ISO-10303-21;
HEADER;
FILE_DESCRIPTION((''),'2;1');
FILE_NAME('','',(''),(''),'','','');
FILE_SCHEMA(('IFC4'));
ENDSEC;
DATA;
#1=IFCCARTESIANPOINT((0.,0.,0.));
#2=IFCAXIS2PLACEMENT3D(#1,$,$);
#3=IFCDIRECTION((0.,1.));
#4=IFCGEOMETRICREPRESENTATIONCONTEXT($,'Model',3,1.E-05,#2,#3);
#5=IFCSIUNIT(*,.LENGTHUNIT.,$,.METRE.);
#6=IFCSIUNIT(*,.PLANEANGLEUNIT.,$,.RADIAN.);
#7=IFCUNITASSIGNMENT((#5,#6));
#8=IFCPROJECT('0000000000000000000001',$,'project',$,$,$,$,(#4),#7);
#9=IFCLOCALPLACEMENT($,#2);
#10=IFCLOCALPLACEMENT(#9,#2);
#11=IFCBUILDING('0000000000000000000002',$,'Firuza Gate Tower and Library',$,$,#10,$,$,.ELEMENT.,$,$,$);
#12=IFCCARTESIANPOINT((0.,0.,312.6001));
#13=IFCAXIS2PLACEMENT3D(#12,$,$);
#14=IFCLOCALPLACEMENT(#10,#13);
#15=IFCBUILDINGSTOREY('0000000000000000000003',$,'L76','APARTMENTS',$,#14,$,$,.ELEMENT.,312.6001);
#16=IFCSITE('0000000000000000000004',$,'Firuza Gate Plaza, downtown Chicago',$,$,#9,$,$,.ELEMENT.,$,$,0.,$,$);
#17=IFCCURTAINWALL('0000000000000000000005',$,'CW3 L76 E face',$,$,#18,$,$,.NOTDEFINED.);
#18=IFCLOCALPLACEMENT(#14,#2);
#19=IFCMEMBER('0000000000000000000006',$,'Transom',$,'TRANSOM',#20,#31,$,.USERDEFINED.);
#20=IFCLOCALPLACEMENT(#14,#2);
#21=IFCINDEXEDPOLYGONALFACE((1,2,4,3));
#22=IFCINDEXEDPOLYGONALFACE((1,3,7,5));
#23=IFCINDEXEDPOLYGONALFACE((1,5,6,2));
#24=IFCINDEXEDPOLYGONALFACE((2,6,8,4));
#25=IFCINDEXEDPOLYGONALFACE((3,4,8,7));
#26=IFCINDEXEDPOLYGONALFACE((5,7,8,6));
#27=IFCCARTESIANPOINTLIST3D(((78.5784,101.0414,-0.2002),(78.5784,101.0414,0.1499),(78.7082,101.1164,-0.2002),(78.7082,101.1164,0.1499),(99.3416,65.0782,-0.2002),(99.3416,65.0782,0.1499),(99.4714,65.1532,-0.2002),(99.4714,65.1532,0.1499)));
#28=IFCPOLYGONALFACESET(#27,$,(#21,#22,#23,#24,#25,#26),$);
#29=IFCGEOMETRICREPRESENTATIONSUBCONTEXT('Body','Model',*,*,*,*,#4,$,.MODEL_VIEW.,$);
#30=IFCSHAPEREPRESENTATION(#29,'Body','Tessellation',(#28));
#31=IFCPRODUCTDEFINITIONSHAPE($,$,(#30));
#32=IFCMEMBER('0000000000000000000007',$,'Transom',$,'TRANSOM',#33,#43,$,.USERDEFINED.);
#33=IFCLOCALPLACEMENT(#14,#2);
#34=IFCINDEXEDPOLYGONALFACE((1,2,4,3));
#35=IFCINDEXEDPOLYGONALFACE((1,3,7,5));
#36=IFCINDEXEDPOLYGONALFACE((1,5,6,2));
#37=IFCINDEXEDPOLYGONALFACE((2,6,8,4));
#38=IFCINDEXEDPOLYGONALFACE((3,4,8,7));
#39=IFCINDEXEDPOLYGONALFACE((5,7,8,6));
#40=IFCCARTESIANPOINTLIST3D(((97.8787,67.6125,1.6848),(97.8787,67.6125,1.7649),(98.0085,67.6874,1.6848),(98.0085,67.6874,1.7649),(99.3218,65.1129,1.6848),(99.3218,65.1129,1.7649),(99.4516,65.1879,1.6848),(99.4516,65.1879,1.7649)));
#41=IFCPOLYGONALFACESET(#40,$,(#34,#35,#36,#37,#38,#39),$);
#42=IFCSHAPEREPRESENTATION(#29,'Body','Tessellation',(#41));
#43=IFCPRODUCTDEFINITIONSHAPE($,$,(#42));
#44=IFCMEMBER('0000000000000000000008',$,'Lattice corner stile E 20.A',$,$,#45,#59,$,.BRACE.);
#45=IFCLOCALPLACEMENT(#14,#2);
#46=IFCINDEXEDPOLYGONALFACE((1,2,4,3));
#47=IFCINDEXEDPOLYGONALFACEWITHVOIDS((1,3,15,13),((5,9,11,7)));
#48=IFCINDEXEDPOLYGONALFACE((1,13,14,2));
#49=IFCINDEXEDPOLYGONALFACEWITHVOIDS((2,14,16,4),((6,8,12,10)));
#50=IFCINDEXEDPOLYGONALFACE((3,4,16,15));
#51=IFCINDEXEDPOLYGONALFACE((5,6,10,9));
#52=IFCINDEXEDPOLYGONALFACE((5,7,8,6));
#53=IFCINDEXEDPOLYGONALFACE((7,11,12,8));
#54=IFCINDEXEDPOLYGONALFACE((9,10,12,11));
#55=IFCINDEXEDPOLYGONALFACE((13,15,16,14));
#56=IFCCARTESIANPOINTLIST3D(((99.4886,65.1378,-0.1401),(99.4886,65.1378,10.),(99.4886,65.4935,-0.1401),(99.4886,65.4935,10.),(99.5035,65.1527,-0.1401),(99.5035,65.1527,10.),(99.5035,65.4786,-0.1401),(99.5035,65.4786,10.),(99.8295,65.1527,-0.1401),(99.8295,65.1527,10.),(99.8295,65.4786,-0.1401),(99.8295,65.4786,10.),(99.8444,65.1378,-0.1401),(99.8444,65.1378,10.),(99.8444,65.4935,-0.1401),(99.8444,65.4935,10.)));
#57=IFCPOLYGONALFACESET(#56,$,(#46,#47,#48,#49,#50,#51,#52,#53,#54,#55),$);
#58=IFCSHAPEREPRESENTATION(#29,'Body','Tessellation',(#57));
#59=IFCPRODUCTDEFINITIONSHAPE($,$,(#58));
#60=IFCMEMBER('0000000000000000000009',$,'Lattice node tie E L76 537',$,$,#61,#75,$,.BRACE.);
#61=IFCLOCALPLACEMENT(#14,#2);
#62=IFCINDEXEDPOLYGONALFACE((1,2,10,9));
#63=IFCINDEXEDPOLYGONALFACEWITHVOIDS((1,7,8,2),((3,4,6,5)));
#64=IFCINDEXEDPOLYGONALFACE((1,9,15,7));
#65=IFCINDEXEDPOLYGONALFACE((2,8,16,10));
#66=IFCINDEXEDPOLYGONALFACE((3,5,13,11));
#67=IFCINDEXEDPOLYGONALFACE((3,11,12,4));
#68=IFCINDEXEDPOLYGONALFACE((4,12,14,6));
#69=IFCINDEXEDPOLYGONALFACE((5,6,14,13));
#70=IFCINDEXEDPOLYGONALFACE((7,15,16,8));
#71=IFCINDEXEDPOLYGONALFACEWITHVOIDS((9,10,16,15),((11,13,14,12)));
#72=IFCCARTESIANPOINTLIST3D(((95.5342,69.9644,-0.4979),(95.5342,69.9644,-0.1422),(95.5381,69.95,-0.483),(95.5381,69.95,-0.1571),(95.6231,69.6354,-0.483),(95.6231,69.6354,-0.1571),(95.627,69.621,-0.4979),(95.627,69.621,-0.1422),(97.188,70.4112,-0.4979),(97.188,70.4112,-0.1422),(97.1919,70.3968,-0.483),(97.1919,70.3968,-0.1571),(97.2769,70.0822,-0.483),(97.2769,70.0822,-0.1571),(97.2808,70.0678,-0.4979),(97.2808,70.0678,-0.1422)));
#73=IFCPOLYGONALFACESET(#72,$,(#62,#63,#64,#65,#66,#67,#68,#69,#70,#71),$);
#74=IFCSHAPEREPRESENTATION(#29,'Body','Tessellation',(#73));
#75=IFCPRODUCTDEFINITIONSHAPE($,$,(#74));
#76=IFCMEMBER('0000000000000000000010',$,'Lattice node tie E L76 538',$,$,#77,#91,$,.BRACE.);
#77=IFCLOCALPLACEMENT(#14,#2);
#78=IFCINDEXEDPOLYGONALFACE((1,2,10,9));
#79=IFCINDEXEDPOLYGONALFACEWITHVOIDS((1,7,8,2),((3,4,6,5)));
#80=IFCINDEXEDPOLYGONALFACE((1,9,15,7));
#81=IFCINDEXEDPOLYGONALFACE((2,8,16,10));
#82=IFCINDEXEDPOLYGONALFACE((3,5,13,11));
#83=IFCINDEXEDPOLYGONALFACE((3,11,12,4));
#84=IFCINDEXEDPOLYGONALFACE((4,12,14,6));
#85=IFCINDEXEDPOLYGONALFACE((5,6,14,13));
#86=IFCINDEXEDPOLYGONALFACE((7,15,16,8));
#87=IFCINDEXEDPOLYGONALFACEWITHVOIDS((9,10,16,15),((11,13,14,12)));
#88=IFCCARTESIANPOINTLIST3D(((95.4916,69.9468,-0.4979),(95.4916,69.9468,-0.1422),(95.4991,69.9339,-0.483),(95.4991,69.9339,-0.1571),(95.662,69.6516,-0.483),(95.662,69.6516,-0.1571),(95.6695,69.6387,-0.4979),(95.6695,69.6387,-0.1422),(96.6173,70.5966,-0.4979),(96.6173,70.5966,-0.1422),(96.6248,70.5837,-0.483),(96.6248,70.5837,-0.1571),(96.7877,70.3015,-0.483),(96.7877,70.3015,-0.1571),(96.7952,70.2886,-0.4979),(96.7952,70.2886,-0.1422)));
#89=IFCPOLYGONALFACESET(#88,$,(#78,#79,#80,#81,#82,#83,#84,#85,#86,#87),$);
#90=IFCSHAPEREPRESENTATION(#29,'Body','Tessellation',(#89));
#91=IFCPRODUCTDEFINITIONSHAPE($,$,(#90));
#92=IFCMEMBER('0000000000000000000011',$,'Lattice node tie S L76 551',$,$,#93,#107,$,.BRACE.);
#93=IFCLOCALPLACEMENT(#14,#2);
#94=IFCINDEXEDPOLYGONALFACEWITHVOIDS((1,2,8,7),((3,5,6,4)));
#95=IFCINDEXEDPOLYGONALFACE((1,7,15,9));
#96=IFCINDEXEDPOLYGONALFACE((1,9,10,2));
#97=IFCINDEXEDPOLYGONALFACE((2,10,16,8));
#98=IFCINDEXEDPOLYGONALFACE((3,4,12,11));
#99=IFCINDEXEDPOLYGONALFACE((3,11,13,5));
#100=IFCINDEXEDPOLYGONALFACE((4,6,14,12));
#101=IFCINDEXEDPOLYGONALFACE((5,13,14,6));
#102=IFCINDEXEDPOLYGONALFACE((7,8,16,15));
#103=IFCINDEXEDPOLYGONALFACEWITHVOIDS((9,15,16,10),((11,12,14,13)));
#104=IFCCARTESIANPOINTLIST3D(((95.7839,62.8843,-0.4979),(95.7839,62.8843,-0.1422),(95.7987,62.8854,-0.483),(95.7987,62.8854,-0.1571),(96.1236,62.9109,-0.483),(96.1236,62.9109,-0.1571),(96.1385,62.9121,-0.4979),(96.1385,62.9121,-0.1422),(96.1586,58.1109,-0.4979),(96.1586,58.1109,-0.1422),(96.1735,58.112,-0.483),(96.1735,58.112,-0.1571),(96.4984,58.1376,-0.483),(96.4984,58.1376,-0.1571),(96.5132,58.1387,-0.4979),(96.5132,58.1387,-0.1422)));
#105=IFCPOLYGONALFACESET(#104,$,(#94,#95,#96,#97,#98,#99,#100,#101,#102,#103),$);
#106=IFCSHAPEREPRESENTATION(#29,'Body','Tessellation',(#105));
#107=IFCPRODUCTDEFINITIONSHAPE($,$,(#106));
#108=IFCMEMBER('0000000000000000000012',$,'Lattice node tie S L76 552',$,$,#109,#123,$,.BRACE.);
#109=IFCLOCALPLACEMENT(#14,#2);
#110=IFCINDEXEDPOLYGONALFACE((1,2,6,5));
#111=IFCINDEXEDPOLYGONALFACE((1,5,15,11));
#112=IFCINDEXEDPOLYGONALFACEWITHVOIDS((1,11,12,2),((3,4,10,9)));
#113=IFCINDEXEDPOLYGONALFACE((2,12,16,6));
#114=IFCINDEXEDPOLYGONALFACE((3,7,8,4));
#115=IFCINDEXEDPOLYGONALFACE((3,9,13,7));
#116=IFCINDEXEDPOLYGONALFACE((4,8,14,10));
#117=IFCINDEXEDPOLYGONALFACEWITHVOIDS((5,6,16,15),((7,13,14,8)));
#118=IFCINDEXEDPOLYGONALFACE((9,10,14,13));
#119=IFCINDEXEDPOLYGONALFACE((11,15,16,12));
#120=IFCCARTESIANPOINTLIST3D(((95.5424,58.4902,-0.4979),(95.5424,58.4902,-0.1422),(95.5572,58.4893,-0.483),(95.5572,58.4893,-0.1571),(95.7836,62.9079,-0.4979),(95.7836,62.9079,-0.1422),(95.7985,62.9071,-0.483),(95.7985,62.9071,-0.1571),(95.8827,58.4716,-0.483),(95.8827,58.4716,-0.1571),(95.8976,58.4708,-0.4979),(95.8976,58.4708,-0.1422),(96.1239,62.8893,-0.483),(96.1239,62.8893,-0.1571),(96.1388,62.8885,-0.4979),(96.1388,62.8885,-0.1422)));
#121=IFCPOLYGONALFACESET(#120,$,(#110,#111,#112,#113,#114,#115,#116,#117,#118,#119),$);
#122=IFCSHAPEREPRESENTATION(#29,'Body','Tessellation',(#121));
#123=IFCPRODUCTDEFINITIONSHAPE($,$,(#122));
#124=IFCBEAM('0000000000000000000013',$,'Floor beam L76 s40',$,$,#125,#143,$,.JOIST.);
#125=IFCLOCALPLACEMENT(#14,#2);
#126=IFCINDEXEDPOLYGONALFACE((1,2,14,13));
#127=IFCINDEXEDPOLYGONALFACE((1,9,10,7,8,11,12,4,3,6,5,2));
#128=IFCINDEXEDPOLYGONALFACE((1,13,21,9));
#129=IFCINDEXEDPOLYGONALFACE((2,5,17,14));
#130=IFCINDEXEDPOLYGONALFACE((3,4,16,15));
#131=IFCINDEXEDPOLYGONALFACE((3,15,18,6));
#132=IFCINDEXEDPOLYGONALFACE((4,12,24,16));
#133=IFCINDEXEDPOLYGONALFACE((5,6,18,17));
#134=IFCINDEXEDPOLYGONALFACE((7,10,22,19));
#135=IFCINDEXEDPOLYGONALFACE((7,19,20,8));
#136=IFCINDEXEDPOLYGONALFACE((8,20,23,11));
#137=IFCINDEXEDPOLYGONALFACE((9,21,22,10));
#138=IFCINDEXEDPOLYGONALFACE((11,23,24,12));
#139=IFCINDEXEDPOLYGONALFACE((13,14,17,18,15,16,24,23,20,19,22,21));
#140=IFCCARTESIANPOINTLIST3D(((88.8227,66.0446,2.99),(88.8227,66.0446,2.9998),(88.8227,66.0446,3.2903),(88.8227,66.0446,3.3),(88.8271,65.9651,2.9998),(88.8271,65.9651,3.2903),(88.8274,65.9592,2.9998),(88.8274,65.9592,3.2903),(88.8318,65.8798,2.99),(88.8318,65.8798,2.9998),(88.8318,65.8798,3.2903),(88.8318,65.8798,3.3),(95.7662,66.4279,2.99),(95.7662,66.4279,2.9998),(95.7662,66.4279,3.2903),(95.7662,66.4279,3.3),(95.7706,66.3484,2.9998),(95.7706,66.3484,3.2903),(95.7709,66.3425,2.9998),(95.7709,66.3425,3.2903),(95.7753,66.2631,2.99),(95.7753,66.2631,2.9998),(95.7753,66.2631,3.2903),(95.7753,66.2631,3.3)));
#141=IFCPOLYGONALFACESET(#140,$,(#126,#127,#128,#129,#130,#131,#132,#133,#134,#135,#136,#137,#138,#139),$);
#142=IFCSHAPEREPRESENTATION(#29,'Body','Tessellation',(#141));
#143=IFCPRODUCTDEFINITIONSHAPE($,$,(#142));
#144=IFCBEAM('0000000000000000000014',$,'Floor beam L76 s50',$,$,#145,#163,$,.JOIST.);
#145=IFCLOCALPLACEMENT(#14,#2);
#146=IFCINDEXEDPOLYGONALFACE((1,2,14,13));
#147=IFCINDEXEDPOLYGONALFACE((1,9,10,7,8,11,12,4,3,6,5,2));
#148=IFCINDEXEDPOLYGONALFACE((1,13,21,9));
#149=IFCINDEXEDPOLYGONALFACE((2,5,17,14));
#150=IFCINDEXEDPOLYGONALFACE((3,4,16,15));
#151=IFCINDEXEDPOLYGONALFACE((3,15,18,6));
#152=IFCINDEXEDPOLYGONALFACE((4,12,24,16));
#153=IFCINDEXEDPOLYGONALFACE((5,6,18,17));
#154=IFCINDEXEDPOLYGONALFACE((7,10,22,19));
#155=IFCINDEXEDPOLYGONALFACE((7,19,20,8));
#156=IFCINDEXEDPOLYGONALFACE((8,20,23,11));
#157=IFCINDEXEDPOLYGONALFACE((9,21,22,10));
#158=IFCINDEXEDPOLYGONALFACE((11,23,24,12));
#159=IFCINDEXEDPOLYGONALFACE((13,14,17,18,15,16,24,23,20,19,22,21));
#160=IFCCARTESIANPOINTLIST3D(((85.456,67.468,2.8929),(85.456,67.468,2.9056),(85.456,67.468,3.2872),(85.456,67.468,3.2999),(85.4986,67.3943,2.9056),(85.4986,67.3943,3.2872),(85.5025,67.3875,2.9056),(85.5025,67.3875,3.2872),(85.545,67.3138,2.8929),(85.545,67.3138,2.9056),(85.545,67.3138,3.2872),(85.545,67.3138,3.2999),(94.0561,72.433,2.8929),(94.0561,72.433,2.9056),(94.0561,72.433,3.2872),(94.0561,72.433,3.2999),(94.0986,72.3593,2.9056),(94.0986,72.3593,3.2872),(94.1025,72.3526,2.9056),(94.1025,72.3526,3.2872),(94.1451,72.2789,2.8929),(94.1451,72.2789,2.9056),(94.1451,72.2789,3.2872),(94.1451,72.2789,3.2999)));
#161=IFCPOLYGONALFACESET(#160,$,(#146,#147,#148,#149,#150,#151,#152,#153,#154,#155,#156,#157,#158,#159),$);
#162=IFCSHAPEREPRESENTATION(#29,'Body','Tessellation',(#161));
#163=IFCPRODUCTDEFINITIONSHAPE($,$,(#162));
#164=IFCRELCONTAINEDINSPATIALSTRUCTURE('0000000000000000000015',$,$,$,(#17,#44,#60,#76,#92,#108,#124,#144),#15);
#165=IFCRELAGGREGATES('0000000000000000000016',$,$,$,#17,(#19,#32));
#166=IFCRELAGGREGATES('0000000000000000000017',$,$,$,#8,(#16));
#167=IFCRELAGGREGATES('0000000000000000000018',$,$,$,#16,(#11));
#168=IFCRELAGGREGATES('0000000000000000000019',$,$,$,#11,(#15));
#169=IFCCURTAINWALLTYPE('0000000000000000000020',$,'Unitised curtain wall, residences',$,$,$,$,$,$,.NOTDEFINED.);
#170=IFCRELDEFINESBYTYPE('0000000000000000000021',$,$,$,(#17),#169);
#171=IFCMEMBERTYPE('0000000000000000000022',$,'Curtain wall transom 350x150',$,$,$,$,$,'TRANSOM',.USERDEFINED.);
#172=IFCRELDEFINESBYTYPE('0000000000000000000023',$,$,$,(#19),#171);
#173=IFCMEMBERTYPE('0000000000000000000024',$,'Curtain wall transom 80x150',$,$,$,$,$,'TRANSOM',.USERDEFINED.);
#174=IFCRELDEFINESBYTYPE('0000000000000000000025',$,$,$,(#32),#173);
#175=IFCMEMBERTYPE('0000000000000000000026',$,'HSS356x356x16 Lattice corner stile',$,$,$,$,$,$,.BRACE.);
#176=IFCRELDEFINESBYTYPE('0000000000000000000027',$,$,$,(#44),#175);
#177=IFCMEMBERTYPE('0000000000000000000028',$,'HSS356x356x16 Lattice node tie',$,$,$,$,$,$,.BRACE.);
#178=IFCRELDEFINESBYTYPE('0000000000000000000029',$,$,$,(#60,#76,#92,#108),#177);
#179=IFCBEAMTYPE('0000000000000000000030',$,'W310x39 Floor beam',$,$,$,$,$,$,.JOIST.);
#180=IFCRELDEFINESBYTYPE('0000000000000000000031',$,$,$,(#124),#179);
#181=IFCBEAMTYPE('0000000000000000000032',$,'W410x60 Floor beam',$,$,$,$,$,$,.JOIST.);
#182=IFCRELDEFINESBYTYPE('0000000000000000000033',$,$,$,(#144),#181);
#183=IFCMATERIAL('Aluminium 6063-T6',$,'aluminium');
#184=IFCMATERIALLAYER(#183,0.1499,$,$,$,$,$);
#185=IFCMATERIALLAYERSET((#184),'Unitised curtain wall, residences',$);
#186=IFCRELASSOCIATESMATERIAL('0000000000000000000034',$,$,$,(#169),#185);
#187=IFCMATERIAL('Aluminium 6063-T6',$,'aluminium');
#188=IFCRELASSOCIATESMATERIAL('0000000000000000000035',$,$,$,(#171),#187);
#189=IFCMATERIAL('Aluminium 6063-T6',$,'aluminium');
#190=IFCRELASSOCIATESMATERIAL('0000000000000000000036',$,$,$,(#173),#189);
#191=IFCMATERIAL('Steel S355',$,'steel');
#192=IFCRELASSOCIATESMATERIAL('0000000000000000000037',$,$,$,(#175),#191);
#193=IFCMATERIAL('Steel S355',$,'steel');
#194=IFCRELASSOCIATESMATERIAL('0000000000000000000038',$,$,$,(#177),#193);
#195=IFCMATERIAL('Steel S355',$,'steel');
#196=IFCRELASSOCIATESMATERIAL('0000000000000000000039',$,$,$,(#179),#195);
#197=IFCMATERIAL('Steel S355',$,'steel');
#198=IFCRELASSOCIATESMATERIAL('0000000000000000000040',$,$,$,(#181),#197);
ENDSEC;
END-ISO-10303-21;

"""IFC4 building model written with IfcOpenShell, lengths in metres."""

from ifc_helpers import new_model, si_unit, direction, frame, origin, origin_2d, place, context, subcontext, project, spatial, rectangle, hollow_rectangle, i_section, extrude, material, layer, layer_set, material_profile, profile_set, type_object, element, aggregate, save


model = new_model("IFC4")

# Units and contexts
model_context = context("Model", 3, precision=1e-05, world=origin(), true_north=direction((0.0, 1.0)))
body_context = subcontext(model_context, "Body", "Model", "MODEL_VIEW")
ifc_project = project(units=[si_unit("LENGTHUNIT", "METRE"), si_unit("PLANEANGLEUNIT", "RADIAN")], contexts=[model_context])

# Site, building, storey
site_placement = place(None, origin())
site = spatial("IfcSite", under=ifc_project, at=site_placement, Name="Firuza Gate Plaza, downtown Chicago", CompositionType="ELEMENT", RefElevation=0.0)
building_placement = place(site_placement, origin())
building = spatial("IfcBuilding", under=site, at=building_placement, Name="Firuza Gate Tower and Library", CompositionType="ELEMENT")
storey_placement = place(building_placement, frame((0.0, 0.0, 312.6001)))
storey = spatial("IfcBuildingStorey", under=building, at=storey_placement, Name="L76", Description="APARTMENTS", CompositionType="ELEMENT", Elevation=312.6001)

# Curtain wall, members
ifc_material_1 = material(Name="Aluminium 6063-T6", Category="aluminium")
ifc_layer_1 = layer(ifc_material_1, 0.1499)
ifc_layer_set_1 = layer_set([ifc_layer_1], Name="Unitised curtain wall, residences")
curtain_wall_type = type_object("IfcCurtainWallType", Name="Unitised curtain wall, residences", PredefinedType="NOTDEFINED", material=ifc_layer_set_1)
curtain_wall_placement = place(storey_placement, origin())
curtain_wall = element("IfcCurtainWall", 1, at=curtain_wall_placement, inside=storey, type_object=curtain_wall_type, Name="CW3 L76 E face", PredefinedType="NOTDEFINED")
ifc_material_2 = material(Name="Aluminium 6063-T6", Category="aluminium")
ifc_material_profile_1 = material_profile(ifc_material_2, rectangle(XDim=0.1499, YDim=0.3501, at=origin_2d()))
ifc_profile_set_1 = profile_set([ifc_material_profile_1], Name="Aluminium 6063-T6")
member_type_1 = type_object("IfcMemberType", Name="Curtain wall transom 350x150", ElementType="TRANSOM", PredefinedType="USERDEFINED", material=ifc_profile_set_1)
member_1_placement = place(storey_placement, frame((99.4065, 65.1157, -0.0251), z_axis=(-0.499997, 0.866027, 0.0), x_axis=(-0.866027, -0.499997, 0.0)))
member_1 = element("IfcMember", 2, at=member_1_placement, type_object=member_type_1, Name="Transom", ObjectType="TRANSOM", PredefinedType="USERDEFINED", context=body_context, shape_type="SweptSolid", body=[
    extrude(rectangle(XDim=0.1499, YDim=0.3501, at=origin_2d()), origin(), (0.0, 0.0, 1.0), 41.5266),
])
ifc_material_3 = material(Name="Aluminium 6063-T6", Category="aluminium")
ifc_material_profile_2 = material_profile(ifc_material_3, rectangle(XDim=0.1499, YDim=0.0801, at=origin_2d()))
ifc_profile_set_2 = profile_set([ifc_material_profile_2], Name="Aluminium 6063-T6")
member_type_2 = type_object("IfcMemberType", Name="Curtain wall transom 80x150", ElementType="TRANSOM", PredefinedType="USERDEFINED", material=ifc_profile_set_2)
member_2_placement = place(storey_placement, frame((99.3867, 65.1504, 1.7249), z_axis=(-0.500006, 0.866022, 0.0), x_axis=(-0.866022, -0.500006, 0.0)))
member_2 = element("IfcMember", 3, at=member_2_placement, type_object=member_type_2, Name="Transom", ObjectType="TRANSOM", PredefinedType="USERDEFINED", context=body_context, shape_type="SweptSolid", body=[
    extrude(rectangle(XDim=0.1499, YDim=0.0801, at=origin_2d()), origin(), (0.0, 0.0, 1.0), 2.8862),
])

# Members
ifc_material_4 = material(Name="Steel S355", Category="steel")
ifc_material_profile_3 = material_profile(ifc_material_4, hollow_rectangle(XDim=0.3557, YDim=0.3557, WallThickness=0.0149, at=origin_2d()))
ifc_profile_set_3 = profile_set([ifc_material_profile_3], Name="Steel S355")
member_type_3 = type_object("IfcMemberType", Name="HSS356x356x16 Lattice corner stile", PredefinedType="BRACE", material=ifc_profile_set_3)
member_3_placement = place(storey_placement, frame((99.6665, 65.3157, -0.1401), z_axis=(0.0, 0.0, 1.0), x_axis=(1.0, 0.0, 0.0)))
element("IfcMember", 4, at=member_3_placement, inside=storey, type_object=member_type_3, Name="Lattice corner stile E 20.A", PredefinedType="BRACE", context=body_context, shape_type="SweptSolid", body=[
    extrude(hollow_rectangle(XDim=0.3557, YDim=0.3557, WallThickness=0.0149, at=origin_2d()), origin(), (0.0, 0.0, 1.0), 10.1401),
])
ifc_material_5 = material(Name="Steel S355", Category="steel")
ifc_material_profile_4 = material_profile(ifc_material_5, hollow_rectangle(XDim=0.3557, YDim=0.3557, WallThickness=0.0149, at=origin_2d()))
ifc_profile_set_4 = profile_set([ifc_material_profile_4], Name="Steel S355")
member_type_4 = type_object("IfcMemberType", Name="HSS356x356x16 Lattice node tie", PredefinedType="BRACE", material=ifc_profile_set_4)
member_4_placement = place(storey_placement, frame((95.5806, 69.7927, -0.3201), z_axis=(0.965392, 0.260801, 0.0), x_axis=(-0.260801, 0.965392, 0.0)))
element("IfcMember", 5, at=member_4_placement, inside=storey, type_object=member_type_4, Name="Lattice node tie E L76 537", PredefinedType="BRACE", context=body_context, shape_type="SweptSolid", body=[
    extrude(hollow_rectangle(XDim=0.3557, YDim=0.3557, WallThickness=0.0149, at=origin_2d()), origin(), (0.0, 0.0, 1.0), 1.7131),
])
member_5_placement = place(storey_placement, frame((95.5806, 69.7927, -0.3201), z_axis=(0.866039, 0.499977, 0.0), x_axis=(-0.499977, 0.866039, 0.0)))
element("IfcMember", 6, at=member_5_placement, inside=storey, type_object=member_type_4, Name="Lattice node tie E L76 538", PredefinedType="BRACE", context=body_context, shape_type="SweptSolid", body=[
    extrude(hollow_rectangle(XDim=0.3557, YDim=0.3557, WallThickness=0.0149, at=origin_2d()), origin(), (0.0, 0.0, 1.0), 1.2998),
])
member_6_placement = place(storey_placement, frame((95.9612, 62.8982, -0.3201), z_axis=(0.078268, -0.996932, 0.0), x_axis=(0.996932, 0.078268, 0.0)))
element("IfcMember", 7, at=member_6_placement, inside=storey, type_object=member_type_4, Name="Lattice node tie S L76 551", PredefinedType="BRACE", context=body_context, shape_type="SweptSolid", body=[
    extrude(hollow_rectangle(XDim=0.3557, YDim=0.3557, WallThickness=0.0149, at=origin_2d()), origin(), (0.0, 0.0, 1.0), 4.7881),
])
member_7_placement = place(storey_placement, frame((95.9612, 62.8982, -0.3201), z_axis=(-0.05452, -0.998513, 0.0), x_axis=(0.998513, -0.05452, 0.0)))
element("IfcMember", 8, at=member_7_placement, inside=storey, type_object=member_type_4, Name="Lattice node tie S L76 552", PredefinedType="BRACE", context=body_context, shape_type="SweptSolid", body=[
    extrude(hollow_rectangle(XDim=0.3557, YDim=0.3557, WallThickness=0.0149, at=origin_2d()), origin(), (0.0, 0.0, 1.0), 4.4243),
])

# Beams
ifc_material_6 = material(Name="Steel S355", Category="steel")
ifc_material_profile_5 = material_profile(ifc_material_6, i_section(OverallWidth=0.165, OverallDepth=0.3101, WebThickness=0.0059, FlangeThickness=0.0098, at=origin_2d()))
ifc_profile_set_5 = profile_set([ifc_material_profile_5], Name="Steel S355")
beam_type_1 = type_object("IfcBeamType", Name="W310x39 Floor beam", PredefinedType="JOIST", material=ifc_profile_set_5)
beam_1_placement = place(storey_placement, frame((95.7708, 66.3455, 3.145), z_axis=(-0.99848, -0.055118, 0.0), x_axis=(0.055118, -0.99848, 0.0)))
element("IfcBeam", 9, at=beam_1_placement, inside=storey, type_object=beam_type_1, Name="Floor beam L76 s40", PredefinedType="JOIST", context=body_context, shape_type="SweptSolid", body=[
    extrude(i_section(OverallWidth=0.165, OverallDepth=0.3101, WebThickness=0.0059, FlangeThickness=0.0098, at=origin_2d()), origin(), (0.0, 0.0, 1.0), 6.9541),
])
ifc_material_7 = material(Name="Steel S355", Category="steel")
ifc_material_profile_6 = material_profile(ifc_material_7, i_section(OverallWidth=0.178, OverallDepth=0.407, WebThickness=0.0078, FlangeThickness=0.0127, at=origin_2d()))
ifc_profile_set_6 = profile_set([ifc_material_profile_6], Name="Steel S355")
beam_type_2 = type_object("IfcBeamType", Name="W410x60 Floor beam", PredefinedType="JOIST", material=ifc_profile_set_6)
beam_2_placement = place(storey_placement, frame((94.1006, 72.356, 3.0964), z_axis=(-0.866033, -0.499986, 0.0), x_axis=(0.499986, -0.866033, 0.0)))
element("IfcBeam", 10, at=beam_2_placement, inside=storey, type_object=beam_type_2, Name="Floor beam L76 s50", PredefinedType="JOIST", context=body_context, shape_type="SweptSolid", body=[
    extrude(i_section(OverallWidth=0.178, OverallDepth=0.407, WebThickness=0.0078, FlangeThickness=0.0127, at=origin_2d()), origin(), (0.0, 0.0, 1.0), 9.9304),
])

aggregate(curtain_wall, [member_1, member_2])

save(model, "model.ifc")
